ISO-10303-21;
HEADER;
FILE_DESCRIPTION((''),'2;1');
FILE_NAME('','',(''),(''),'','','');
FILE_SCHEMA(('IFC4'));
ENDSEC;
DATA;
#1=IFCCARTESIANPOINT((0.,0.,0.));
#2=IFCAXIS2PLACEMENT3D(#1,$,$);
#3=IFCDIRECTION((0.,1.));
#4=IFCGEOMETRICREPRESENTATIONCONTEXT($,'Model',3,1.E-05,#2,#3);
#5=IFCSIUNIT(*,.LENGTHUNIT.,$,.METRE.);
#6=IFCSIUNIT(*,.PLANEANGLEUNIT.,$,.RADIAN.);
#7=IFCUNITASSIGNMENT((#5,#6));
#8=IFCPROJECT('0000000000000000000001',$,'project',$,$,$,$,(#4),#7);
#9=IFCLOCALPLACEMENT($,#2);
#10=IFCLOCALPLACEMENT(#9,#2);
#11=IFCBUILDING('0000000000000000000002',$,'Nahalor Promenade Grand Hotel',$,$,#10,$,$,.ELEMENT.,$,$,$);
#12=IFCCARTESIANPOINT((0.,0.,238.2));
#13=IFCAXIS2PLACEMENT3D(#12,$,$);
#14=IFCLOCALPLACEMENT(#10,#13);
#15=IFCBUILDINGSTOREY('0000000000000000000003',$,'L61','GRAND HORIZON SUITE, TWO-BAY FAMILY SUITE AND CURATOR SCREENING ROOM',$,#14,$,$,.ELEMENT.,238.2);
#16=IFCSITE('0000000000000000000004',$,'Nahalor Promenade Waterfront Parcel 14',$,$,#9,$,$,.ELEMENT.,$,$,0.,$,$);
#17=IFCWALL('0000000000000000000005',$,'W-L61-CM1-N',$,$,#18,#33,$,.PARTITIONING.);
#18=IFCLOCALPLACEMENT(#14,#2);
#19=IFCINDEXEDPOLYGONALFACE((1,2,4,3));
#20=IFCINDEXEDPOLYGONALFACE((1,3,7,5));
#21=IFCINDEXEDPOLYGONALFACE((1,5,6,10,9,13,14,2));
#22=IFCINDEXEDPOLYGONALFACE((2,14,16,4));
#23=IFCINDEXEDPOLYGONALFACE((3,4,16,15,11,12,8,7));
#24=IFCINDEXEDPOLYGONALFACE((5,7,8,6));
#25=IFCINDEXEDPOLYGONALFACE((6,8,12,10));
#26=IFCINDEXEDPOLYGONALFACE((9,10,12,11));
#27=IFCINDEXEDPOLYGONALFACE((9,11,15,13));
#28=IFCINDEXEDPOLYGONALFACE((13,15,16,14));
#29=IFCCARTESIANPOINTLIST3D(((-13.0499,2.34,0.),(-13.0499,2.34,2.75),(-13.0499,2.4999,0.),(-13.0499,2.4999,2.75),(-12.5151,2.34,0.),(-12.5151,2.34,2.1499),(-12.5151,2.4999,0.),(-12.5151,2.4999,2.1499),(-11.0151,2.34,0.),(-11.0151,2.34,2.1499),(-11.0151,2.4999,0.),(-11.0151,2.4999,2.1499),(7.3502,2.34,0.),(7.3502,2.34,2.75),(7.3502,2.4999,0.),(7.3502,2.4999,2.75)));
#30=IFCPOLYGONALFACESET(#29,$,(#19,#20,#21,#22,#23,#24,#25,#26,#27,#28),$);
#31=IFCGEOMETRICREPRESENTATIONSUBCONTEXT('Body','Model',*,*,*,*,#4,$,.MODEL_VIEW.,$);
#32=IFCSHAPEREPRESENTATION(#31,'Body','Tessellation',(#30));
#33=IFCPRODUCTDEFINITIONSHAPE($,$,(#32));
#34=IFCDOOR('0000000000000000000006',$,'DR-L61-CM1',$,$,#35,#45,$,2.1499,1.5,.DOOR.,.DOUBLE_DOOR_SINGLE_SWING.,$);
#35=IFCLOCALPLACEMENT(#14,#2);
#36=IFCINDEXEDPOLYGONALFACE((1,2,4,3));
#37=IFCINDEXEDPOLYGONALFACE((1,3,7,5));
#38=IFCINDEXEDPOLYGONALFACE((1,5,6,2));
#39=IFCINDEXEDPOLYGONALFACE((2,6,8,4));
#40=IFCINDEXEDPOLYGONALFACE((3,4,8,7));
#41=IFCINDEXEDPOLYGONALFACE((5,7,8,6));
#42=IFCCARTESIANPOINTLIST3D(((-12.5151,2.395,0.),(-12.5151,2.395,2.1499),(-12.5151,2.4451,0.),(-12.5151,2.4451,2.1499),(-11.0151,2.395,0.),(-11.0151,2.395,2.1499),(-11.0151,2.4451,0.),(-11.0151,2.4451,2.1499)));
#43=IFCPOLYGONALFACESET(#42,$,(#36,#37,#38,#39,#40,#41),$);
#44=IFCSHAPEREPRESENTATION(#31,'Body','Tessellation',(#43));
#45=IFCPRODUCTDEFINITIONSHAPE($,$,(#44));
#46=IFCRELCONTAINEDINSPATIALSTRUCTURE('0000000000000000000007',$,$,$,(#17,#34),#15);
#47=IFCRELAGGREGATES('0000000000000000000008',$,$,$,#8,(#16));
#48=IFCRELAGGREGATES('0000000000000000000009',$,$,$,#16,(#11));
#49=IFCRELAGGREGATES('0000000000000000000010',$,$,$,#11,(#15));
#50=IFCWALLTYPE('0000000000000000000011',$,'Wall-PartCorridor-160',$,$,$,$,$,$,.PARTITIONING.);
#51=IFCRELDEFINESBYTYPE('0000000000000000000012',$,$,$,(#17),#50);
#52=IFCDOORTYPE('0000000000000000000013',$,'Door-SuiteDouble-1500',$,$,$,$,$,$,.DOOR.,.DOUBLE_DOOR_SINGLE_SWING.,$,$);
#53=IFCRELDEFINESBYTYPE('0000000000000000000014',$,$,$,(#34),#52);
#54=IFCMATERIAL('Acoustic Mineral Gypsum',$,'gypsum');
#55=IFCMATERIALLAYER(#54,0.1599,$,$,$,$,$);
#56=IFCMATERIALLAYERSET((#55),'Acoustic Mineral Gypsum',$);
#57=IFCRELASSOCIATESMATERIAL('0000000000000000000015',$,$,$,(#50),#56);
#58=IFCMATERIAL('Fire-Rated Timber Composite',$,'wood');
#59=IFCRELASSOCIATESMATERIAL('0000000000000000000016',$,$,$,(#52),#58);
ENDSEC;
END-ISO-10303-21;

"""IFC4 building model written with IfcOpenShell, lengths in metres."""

from ifc_helpers import new_model, si_unit, direction, frame, frame_2d, origin, place, context, subcontext, project, spatial, rectangle, extrude, source, transform, mapped, material, layer, layer_set, type_object, element, fill, save


model = new_model("IFC4")

# Units and contexts
model_context = context("Model", 3, precision=1e-05, world=origin(), true_north=direction((0.0, 1.0)))
body_context = subcontext(model_context, "Body", "Model", "MODEL_VIEW")
ifc_project = project(units=[si_unit("LENGTHUNIT", "METRE"), si_unit("PLANEANGLEUNIT", "RADIAN")], contexts=[model_context])

# Site, building, storey
site_placement = place(None, origin())
site = spatial("IfcSite", under=ifc_project, at=site_placement, Name="Nahalor Promenade Waterfront Parcel 14", CompositionType="ELEMENT", RefElevation=0.0)
building_placement = place(site_placement, origin())
building = spatial("IfcBuilding", under=site, at=building_placement, Name="Nahalor Promenade Grand Hotel", CompositionType="ELEMENT")
storey_placement = place(building_placement, frame((0.0, 0.0, 238.2)))
storey = spatial("IfcBuildingStorey", under=building, at=storey_placement, Name="L61", Description="GRAND HORIZON SUITE, TWO-BAY FAMILY SUITE AND CURATOR SCREENING ROOM", CompositionType="ELEMENT", Elevation=238.2)

# Shared definitions
ifc_material_1 = material(Name="Acoustic Mineral Gypsum", Category="gypsum")
ifc_layer_1 = layer(ifc_material_1, 0.1599)
ifc_layer_set_1 = layer_set([ifc_layer_1], Name="Acoustic Mineral Gypsum")
wall_type_1 = type_object("IfcWallType", Name="Wall-PartCorridor-160", PredefinedType="PARTITIONING", material=ifc_layer_set_1)
ifc_material_2 = material(Name="Fire-Rated Timber Composite", Category="wood")

# Shared definitions
door_type_1 = type_object("IfcDoorType", Name="Door-SuiteDouble-1500", OperationType="DOUBLE_DOOR_SINGLE_SWING", PredefinedType="DOOR", material=ifc_material_2)
shared_shape_1 = source(origin(), body_context, "Body", "SweptSolid", [
    extrude(rectangle(XDim=1.5, YDim=2.1499, at=frame_2d((0.75, 1.075))), frame((0.0, 0.0249, 0.0), z_axis=(0.0, -1.0, 0.0), x_axis=(1.0, 0.0, 0.0)), (0.0, 0.0, 1.0), 0.05),
])

# Shared definitions
shared_shape_2 = source(origin(), body_context, "Body", "SweptSolid", [
    extrude(rectangle(XDim=20.4001, YDim=0.1599, at=frame_2d((10.2002, 0.0))), origin(), (0.0, 0.0, 1.0), 2.75),
])

# Wall, opening, door
wall_1_placement = place(storey_placement, frame((-13.05, 2.4199, 0.0), z_axis=(0.0, 0.0, 1.0), x_axis=(1.0, 0.0, 0.0)))
wall_1 = element("IfcWall", 1, at=wall_1_placement, inside=storey, type_object=wall_type_1, Name="W-L61-CM1-N", PredefinedType="PARTITIONING", context=body_context, shape_type="MappedRepresentation", body=[
    mapped(shared_shape_2, transform((0.0, 0.0, 0.0), scale=1.0)),
])
opening_1_placement = place(wall_1_placement, frame((0.5349, 0.0, 0.0)))
opening_1 = element("IfcOpeningElement", 2, at=opening_1_placement, cuts=wall_1, PredefinedType="OPENING", context=body_context, shape_type="SweptSolid", body=[
    extrude(rectangle(XDim=1.5, YDim=2.1499, at=frame_2d((0.75, 1.075))), frame((0.0, 0.0898, 0.0), z_axis=(0.0, -1.0, 0.0), x_axis=(1.0, 0.0, 0.0)), (0.0, 0.0, 1.0), 0.1799),
])
door_1_placement = place(opening_1_placement, frame((1.5, 0.0, 0.0), z_axis=(0.0, 0.0, 1.0), x_axis=(-1.0, 0.0, 0.0)))
door_1 = element("IfcDoor", 3, at=door_1_placement, inside=storey, type_object=door_type_1, Name="DR-L61-CM1", OperationType="DOUBLE_DOOR_SINGLE_SWING", OverallHeight=2.1499, OverallWidth=1.5, PredefinedType="DOOR", context=body_context, shape_type="MappedRepresentation", body=[
    mapped(shared_shape_1, transform((0.0, 0.0, 0.0), scale=1.0)),
])
fill(opening_1, door_1)

save(model, "model.ifc")
